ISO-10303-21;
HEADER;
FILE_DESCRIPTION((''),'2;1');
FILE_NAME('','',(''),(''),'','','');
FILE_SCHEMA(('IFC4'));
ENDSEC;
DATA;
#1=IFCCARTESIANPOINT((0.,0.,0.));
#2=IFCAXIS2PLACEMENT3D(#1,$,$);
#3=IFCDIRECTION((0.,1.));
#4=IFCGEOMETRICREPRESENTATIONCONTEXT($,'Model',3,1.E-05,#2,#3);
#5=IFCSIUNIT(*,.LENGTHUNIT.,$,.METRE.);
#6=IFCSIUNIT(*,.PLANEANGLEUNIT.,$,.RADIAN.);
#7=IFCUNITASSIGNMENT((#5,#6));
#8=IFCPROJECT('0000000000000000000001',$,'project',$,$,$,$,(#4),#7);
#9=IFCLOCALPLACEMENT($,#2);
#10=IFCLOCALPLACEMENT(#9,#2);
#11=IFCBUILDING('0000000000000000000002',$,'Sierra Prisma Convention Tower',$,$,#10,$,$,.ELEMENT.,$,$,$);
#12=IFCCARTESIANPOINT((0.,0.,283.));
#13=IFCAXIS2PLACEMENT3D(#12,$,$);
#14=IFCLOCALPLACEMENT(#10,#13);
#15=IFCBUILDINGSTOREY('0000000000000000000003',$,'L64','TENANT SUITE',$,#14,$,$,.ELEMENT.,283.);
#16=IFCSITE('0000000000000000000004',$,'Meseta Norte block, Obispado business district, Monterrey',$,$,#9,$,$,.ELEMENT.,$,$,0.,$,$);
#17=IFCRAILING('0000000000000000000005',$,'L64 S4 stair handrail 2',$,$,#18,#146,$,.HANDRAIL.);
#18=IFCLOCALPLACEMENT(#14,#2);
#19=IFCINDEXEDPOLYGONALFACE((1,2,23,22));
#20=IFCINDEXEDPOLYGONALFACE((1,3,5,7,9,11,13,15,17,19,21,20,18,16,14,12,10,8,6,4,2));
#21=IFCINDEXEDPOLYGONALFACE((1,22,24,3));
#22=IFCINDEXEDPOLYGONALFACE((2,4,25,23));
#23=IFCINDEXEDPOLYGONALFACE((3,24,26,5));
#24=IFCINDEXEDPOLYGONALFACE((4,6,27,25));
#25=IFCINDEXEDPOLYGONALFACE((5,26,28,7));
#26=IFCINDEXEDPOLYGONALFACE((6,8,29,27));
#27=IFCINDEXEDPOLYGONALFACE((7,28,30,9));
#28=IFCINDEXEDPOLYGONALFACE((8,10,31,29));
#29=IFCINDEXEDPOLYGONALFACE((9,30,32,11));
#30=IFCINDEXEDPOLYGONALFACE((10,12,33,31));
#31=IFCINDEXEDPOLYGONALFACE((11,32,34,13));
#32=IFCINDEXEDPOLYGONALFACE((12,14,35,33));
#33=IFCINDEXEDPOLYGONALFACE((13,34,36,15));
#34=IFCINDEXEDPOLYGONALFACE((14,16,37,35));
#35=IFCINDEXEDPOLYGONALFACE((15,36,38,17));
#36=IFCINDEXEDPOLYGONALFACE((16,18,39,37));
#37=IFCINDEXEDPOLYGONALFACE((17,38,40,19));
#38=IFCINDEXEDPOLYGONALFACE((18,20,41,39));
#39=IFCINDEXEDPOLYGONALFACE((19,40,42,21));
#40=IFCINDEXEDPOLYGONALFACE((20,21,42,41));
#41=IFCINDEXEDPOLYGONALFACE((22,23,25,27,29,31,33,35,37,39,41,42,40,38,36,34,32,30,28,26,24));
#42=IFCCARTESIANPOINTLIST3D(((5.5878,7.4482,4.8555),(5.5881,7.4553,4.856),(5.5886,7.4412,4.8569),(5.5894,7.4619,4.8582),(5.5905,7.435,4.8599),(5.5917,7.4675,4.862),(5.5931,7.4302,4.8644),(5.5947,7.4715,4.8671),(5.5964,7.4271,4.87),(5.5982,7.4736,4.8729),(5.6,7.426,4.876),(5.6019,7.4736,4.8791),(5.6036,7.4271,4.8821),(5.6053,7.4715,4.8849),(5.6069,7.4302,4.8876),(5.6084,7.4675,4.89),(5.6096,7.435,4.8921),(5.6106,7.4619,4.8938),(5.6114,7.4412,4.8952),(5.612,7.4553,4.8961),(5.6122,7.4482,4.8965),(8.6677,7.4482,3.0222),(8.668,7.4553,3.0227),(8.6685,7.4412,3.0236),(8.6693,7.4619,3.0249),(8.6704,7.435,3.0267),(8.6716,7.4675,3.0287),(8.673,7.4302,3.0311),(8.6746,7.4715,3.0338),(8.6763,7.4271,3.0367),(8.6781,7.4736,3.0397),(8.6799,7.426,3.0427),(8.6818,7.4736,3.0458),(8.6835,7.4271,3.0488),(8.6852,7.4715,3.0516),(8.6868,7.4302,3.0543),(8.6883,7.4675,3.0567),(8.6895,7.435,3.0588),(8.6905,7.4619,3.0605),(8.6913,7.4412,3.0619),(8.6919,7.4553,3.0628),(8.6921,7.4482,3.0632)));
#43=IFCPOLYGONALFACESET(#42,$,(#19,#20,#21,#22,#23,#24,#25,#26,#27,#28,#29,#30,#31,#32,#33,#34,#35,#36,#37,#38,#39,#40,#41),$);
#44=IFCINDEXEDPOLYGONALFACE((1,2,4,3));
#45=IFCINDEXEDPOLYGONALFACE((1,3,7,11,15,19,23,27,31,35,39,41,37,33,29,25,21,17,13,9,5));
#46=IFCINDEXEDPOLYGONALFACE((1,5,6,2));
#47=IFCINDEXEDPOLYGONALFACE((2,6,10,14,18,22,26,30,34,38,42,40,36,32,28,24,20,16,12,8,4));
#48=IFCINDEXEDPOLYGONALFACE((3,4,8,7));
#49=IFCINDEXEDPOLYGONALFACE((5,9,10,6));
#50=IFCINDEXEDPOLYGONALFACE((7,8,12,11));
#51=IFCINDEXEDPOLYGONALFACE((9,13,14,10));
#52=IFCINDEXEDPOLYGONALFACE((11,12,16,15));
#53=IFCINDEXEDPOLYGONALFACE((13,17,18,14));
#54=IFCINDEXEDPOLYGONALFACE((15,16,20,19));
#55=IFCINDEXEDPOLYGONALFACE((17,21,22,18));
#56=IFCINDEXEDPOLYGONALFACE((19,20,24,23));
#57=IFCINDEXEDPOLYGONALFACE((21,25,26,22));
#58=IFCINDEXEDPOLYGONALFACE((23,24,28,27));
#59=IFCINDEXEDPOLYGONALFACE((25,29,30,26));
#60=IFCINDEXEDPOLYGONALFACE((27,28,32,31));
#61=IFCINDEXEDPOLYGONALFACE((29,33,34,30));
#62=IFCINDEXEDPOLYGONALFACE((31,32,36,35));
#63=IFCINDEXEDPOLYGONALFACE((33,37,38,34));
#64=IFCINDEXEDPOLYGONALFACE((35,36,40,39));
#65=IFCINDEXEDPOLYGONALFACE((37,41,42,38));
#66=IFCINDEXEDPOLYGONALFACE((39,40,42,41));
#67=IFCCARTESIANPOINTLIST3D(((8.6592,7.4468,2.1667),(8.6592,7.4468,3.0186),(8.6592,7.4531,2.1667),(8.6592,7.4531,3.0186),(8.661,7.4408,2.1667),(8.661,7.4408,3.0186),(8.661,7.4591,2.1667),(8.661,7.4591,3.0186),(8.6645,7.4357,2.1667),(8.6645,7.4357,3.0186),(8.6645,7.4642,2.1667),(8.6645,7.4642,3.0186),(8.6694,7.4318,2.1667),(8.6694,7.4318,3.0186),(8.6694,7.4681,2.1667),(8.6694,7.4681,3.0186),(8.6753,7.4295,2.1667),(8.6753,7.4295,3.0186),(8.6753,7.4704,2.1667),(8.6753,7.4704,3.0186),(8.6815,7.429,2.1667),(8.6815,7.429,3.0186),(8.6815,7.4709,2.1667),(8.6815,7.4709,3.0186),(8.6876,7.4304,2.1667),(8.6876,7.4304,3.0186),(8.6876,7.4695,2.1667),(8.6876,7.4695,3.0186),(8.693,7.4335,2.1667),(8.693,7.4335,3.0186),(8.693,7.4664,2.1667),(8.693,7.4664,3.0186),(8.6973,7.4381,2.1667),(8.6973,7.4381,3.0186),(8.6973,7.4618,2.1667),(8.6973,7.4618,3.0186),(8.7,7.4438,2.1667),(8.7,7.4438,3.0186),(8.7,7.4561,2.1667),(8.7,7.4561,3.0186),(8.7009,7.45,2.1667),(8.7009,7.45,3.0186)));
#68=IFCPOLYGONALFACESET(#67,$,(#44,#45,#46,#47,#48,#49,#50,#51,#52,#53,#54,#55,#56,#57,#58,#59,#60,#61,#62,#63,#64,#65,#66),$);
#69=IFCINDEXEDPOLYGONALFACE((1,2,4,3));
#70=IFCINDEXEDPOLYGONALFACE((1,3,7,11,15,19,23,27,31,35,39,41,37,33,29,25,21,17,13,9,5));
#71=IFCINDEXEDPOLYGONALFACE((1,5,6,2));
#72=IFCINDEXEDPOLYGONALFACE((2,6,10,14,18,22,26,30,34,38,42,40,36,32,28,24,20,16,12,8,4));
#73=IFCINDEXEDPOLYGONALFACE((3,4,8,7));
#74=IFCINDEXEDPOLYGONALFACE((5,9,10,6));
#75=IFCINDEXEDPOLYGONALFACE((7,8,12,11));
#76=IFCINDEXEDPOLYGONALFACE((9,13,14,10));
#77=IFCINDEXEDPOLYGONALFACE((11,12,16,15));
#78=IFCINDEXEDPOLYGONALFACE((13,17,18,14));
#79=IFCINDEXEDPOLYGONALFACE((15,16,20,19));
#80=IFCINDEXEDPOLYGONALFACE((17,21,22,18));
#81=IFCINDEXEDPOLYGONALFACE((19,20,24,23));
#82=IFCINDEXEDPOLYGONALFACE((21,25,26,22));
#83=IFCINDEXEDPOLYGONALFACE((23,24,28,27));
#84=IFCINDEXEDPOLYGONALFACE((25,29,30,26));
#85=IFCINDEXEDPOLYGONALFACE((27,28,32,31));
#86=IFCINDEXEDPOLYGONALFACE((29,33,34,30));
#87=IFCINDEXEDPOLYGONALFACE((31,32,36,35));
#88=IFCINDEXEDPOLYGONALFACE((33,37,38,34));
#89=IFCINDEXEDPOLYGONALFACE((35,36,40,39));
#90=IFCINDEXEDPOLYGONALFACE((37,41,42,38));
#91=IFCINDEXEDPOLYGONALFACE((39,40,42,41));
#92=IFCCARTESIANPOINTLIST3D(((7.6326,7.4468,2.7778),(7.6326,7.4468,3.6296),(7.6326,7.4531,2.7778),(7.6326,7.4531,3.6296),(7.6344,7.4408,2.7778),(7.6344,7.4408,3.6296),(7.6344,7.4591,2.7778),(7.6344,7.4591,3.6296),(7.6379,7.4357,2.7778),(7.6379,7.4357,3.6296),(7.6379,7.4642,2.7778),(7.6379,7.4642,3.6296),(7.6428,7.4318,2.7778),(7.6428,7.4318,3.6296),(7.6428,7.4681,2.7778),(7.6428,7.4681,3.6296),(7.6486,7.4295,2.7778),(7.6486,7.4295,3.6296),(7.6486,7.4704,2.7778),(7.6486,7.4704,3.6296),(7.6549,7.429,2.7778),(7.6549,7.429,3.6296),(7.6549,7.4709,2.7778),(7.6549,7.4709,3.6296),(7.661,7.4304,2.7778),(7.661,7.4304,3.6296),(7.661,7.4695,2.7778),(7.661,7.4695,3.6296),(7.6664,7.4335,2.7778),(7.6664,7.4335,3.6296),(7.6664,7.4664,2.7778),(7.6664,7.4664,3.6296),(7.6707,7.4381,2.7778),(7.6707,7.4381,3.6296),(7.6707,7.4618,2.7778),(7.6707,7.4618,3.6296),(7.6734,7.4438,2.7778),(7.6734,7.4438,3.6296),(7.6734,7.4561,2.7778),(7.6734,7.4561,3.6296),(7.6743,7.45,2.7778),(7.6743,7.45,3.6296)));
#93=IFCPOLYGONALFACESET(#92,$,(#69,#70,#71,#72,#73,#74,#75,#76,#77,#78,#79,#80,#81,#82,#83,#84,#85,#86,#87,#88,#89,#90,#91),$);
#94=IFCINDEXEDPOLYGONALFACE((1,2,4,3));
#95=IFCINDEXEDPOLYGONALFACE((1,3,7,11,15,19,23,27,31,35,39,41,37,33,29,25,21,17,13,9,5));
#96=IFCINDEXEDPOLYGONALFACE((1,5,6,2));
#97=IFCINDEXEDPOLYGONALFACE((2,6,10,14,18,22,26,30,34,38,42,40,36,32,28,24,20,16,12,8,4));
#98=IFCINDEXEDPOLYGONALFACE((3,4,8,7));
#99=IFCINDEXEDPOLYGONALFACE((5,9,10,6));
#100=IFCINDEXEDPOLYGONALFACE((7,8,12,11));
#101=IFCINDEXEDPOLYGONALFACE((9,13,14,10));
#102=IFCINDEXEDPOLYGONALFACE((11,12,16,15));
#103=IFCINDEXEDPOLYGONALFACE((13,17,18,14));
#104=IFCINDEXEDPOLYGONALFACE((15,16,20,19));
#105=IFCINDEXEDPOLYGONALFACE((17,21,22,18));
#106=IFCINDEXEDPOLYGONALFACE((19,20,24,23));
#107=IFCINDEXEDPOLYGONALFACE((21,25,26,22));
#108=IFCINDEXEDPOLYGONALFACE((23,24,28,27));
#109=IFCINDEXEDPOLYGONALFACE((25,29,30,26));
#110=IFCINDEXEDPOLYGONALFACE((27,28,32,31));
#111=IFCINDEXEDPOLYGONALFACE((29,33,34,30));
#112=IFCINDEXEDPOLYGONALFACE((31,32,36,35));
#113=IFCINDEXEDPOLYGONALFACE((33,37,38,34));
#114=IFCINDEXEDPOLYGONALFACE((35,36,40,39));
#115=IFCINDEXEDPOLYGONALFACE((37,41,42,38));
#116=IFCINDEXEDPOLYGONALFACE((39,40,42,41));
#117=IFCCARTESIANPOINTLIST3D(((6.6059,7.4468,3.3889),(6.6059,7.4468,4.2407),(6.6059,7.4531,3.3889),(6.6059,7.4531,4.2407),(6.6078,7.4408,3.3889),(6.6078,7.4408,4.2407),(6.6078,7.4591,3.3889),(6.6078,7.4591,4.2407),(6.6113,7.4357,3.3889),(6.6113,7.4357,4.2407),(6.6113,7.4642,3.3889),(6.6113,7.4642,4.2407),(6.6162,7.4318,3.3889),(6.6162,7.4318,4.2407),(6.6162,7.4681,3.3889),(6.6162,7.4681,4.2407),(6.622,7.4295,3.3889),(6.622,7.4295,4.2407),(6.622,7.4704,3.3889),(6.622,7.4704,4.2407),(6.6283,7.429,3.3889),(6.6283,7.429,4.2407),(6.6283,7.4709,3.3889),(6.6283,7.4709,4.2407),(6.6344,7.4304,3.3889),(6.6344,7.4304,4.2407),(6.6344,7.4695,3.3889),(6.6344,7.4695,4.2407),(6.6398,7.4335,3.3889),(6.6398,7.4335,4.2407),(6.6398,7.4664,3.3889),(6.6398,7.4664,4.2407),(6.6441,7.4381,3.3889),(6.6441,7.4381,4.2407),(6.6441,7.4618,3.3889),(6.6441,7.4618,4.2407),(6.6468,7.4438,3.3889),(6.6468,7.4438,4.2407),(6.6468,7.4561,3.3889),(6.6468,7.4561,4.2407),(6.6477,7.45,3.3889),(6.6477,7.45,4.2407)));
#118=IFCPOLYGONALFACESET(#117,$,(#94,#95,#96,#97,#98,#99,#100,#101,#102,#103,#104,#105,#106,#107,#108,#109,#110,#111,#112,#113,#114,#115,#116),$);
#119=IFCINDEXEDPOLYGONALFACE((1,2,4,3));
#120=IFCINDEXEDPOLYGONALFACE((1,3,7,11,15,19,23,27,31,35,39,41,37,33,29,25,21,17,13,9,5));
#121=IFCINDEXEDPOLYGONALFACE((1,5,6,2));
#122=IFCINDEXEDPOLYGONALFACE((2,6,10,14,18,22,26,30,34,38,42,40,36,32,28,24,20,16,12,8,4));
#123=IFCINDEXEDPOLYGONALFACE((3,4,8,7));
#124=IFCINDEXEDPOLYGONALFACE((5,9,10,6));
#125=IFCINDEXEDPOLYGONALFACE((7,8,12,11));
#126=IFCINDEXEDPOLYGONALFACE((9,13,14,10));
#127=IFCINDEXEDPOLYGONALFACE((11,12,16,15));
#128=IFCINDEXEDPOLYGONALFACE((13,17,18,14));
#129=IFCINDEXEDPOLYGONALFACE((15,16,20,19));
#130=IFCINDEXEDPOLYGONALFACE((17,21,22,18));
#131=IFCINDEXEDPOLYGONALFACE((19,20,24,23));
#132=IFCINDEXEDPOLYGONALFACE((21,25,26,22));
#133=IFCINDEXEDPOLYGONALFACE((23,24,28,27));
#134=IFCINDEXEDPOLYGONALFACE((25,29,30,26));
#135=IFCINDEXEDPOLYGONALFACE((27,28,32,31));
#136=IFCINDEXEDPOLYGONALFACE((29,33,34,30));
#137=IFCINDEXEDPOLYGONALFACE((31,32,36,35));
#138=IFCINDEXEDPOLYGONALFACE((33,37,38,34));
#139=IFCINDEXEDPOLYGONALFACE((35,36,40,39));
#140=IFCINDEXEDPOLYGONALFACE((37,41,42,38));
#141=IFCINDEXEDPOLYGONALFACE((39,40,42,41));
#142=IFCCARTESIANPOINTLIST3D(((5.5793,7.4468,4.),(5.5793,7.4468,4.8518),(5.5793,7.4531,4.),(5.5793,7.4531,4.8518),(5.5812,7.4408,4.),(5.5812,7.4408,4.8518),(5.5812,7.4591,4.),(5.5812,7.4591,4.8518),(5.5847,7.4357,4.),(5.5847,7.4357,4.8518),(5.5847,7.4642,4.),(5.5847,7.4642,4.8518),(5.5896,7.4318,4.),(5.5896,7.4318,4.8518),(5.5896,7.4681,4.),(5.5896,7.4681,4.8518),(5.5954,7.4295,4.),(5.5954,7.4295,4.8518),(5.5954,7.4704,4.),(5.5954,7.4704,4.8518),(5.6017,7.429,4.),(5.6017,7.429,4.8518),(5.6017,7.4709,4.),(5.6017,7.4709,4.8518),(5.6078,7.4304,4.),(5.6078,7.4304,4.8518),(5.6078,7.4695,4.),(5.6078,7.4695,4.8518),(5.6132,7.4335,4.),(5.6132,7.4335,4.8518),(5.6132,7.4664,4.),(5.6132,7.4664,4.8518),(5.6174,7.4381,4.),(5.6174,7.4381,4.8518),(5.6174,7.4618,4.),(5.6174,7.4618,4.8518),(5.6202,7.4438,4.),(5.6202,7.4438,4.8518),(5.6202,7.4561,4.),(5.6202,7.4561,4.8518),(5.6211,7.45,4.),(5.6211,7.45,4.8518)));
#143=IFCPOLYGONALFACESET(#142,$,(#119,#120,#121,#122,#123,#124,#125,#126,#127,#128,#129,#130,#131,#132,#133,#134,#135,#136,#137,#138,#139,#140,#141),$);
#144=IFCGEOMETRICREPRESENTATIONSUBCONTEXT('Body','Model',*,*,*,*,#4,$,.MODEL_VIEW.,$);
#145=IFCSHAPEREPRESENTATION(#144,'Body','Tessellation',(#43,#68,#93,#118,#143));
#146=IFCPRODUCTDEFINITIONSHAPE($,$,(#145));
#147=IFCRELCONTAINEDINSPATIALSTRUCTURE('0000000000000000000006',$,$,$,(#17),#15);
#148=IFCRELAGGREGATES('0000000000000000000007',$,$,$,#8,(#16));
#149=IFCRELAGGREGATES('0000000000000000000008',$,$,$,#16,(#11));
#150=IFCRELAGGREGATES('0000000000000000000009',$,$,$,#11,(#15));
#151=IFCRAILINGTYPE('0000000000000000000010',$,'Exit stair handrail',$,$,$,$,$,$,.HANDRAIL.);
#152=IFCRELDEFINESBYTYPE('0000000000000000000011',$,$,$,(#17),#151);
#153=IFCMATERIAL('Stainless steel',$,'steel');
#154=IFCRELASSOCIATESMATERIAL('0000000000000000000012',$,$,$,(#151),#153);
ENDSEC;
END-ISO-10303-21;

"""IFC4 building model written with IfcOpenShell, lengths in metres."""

from ifc_helpers import new_model, si_unit, direction, frame, origin, origin_2d, place, context, subcontext, project, spatial, circle, extrude, material, type_object, element, save


model = new_model("IFC4")

# Units and contexts
model_context = context("Model", 3, precision=1e-05, world=origin(), true_north=direction((0.0, 1.0)))
body_context = subcontext(model_context, "Body", "Model", "MODEL_VIEW")
ifc_project = project(units=[si_unit("LENGTHUNIT", "METRE"), si_unit("PLANEANGLEUNIT", "RADIAN")], contexts=[model_context])

# Site, building, storey
site_placement = place(None, origin())
site = spatial("IfcSite", under=ifc_project, at=site_placement, Name="Meseta Norte block, Obispado business district, Monterrey", CompositionType="ELEMENT", RefElevation=0.0)
building_placement = place(site_placement, origin())
building = spatial("IfcBuilding", under=site, at=building_placement, Name="Sierra Prisma Convention Tower", CompositionType="ELEMENT")
storey_placement = place(building_placement, frame((0.0, 0.0, 283.0)))
storey = spatial("IfcBuildingStorey", under=building, at=storey_placement, Name="L64", Description="TENANT SUITE", CompositionType="ELEMENT", Elevation=283.0)

# Railing
ifc_material_1 = material(Name="Stainless steel", Category="steel")
railing_type_1 = type_object("IfcRailingType", Name="Exit stair handrail", PredefinedType="HANDRAIL", material=ifc_material_1)
railing_1_placement = place(storey_placement, frame((8.6799, 7.45, 2.1667)))
element("IfcRailing", 1, at=railing_1_placement, inside=storey, type_object=railing_type_1, Name="L64 S4 stair handrail 2", PredefinedType="HANDRAIL", context=body_context, shape_type="SweptSolid", body=[
    extrude(circle(Radius=0.0239, at=origin_2d()), frame((0.0, 0.0, 0.876), z_axis=(-0.859291, 0.0, 0.511487), x_axis=(0.0, -1.0, 0.0)), (0.0, 0.0, 1.0), 3.5842),
    extrude(circle(Radius=0.021, at=origin_2d()), origin(), (0.0, 0.0, 1.0), 0.8518),
    extrude(circle(Radius=0.021, at=origin_2d()), frame((-1.0266, 0.0, 0.6111)), (0.0, 0.0, 1.0), 0.8518),
    extrude(circle(Radius=0.021, at=origin_2d()), frame((-2.0532, 0.0, 1.2222)), (0.0, 0.0, 1.0), 0.8518),
    extrude(circle(Radius=0.021, at=origin_2d()), frame((-3.0798, 0.0, 1.8333)), (0.0, 0.0, 1.0), 0.8518),
])

save(model, "model.ifc")
